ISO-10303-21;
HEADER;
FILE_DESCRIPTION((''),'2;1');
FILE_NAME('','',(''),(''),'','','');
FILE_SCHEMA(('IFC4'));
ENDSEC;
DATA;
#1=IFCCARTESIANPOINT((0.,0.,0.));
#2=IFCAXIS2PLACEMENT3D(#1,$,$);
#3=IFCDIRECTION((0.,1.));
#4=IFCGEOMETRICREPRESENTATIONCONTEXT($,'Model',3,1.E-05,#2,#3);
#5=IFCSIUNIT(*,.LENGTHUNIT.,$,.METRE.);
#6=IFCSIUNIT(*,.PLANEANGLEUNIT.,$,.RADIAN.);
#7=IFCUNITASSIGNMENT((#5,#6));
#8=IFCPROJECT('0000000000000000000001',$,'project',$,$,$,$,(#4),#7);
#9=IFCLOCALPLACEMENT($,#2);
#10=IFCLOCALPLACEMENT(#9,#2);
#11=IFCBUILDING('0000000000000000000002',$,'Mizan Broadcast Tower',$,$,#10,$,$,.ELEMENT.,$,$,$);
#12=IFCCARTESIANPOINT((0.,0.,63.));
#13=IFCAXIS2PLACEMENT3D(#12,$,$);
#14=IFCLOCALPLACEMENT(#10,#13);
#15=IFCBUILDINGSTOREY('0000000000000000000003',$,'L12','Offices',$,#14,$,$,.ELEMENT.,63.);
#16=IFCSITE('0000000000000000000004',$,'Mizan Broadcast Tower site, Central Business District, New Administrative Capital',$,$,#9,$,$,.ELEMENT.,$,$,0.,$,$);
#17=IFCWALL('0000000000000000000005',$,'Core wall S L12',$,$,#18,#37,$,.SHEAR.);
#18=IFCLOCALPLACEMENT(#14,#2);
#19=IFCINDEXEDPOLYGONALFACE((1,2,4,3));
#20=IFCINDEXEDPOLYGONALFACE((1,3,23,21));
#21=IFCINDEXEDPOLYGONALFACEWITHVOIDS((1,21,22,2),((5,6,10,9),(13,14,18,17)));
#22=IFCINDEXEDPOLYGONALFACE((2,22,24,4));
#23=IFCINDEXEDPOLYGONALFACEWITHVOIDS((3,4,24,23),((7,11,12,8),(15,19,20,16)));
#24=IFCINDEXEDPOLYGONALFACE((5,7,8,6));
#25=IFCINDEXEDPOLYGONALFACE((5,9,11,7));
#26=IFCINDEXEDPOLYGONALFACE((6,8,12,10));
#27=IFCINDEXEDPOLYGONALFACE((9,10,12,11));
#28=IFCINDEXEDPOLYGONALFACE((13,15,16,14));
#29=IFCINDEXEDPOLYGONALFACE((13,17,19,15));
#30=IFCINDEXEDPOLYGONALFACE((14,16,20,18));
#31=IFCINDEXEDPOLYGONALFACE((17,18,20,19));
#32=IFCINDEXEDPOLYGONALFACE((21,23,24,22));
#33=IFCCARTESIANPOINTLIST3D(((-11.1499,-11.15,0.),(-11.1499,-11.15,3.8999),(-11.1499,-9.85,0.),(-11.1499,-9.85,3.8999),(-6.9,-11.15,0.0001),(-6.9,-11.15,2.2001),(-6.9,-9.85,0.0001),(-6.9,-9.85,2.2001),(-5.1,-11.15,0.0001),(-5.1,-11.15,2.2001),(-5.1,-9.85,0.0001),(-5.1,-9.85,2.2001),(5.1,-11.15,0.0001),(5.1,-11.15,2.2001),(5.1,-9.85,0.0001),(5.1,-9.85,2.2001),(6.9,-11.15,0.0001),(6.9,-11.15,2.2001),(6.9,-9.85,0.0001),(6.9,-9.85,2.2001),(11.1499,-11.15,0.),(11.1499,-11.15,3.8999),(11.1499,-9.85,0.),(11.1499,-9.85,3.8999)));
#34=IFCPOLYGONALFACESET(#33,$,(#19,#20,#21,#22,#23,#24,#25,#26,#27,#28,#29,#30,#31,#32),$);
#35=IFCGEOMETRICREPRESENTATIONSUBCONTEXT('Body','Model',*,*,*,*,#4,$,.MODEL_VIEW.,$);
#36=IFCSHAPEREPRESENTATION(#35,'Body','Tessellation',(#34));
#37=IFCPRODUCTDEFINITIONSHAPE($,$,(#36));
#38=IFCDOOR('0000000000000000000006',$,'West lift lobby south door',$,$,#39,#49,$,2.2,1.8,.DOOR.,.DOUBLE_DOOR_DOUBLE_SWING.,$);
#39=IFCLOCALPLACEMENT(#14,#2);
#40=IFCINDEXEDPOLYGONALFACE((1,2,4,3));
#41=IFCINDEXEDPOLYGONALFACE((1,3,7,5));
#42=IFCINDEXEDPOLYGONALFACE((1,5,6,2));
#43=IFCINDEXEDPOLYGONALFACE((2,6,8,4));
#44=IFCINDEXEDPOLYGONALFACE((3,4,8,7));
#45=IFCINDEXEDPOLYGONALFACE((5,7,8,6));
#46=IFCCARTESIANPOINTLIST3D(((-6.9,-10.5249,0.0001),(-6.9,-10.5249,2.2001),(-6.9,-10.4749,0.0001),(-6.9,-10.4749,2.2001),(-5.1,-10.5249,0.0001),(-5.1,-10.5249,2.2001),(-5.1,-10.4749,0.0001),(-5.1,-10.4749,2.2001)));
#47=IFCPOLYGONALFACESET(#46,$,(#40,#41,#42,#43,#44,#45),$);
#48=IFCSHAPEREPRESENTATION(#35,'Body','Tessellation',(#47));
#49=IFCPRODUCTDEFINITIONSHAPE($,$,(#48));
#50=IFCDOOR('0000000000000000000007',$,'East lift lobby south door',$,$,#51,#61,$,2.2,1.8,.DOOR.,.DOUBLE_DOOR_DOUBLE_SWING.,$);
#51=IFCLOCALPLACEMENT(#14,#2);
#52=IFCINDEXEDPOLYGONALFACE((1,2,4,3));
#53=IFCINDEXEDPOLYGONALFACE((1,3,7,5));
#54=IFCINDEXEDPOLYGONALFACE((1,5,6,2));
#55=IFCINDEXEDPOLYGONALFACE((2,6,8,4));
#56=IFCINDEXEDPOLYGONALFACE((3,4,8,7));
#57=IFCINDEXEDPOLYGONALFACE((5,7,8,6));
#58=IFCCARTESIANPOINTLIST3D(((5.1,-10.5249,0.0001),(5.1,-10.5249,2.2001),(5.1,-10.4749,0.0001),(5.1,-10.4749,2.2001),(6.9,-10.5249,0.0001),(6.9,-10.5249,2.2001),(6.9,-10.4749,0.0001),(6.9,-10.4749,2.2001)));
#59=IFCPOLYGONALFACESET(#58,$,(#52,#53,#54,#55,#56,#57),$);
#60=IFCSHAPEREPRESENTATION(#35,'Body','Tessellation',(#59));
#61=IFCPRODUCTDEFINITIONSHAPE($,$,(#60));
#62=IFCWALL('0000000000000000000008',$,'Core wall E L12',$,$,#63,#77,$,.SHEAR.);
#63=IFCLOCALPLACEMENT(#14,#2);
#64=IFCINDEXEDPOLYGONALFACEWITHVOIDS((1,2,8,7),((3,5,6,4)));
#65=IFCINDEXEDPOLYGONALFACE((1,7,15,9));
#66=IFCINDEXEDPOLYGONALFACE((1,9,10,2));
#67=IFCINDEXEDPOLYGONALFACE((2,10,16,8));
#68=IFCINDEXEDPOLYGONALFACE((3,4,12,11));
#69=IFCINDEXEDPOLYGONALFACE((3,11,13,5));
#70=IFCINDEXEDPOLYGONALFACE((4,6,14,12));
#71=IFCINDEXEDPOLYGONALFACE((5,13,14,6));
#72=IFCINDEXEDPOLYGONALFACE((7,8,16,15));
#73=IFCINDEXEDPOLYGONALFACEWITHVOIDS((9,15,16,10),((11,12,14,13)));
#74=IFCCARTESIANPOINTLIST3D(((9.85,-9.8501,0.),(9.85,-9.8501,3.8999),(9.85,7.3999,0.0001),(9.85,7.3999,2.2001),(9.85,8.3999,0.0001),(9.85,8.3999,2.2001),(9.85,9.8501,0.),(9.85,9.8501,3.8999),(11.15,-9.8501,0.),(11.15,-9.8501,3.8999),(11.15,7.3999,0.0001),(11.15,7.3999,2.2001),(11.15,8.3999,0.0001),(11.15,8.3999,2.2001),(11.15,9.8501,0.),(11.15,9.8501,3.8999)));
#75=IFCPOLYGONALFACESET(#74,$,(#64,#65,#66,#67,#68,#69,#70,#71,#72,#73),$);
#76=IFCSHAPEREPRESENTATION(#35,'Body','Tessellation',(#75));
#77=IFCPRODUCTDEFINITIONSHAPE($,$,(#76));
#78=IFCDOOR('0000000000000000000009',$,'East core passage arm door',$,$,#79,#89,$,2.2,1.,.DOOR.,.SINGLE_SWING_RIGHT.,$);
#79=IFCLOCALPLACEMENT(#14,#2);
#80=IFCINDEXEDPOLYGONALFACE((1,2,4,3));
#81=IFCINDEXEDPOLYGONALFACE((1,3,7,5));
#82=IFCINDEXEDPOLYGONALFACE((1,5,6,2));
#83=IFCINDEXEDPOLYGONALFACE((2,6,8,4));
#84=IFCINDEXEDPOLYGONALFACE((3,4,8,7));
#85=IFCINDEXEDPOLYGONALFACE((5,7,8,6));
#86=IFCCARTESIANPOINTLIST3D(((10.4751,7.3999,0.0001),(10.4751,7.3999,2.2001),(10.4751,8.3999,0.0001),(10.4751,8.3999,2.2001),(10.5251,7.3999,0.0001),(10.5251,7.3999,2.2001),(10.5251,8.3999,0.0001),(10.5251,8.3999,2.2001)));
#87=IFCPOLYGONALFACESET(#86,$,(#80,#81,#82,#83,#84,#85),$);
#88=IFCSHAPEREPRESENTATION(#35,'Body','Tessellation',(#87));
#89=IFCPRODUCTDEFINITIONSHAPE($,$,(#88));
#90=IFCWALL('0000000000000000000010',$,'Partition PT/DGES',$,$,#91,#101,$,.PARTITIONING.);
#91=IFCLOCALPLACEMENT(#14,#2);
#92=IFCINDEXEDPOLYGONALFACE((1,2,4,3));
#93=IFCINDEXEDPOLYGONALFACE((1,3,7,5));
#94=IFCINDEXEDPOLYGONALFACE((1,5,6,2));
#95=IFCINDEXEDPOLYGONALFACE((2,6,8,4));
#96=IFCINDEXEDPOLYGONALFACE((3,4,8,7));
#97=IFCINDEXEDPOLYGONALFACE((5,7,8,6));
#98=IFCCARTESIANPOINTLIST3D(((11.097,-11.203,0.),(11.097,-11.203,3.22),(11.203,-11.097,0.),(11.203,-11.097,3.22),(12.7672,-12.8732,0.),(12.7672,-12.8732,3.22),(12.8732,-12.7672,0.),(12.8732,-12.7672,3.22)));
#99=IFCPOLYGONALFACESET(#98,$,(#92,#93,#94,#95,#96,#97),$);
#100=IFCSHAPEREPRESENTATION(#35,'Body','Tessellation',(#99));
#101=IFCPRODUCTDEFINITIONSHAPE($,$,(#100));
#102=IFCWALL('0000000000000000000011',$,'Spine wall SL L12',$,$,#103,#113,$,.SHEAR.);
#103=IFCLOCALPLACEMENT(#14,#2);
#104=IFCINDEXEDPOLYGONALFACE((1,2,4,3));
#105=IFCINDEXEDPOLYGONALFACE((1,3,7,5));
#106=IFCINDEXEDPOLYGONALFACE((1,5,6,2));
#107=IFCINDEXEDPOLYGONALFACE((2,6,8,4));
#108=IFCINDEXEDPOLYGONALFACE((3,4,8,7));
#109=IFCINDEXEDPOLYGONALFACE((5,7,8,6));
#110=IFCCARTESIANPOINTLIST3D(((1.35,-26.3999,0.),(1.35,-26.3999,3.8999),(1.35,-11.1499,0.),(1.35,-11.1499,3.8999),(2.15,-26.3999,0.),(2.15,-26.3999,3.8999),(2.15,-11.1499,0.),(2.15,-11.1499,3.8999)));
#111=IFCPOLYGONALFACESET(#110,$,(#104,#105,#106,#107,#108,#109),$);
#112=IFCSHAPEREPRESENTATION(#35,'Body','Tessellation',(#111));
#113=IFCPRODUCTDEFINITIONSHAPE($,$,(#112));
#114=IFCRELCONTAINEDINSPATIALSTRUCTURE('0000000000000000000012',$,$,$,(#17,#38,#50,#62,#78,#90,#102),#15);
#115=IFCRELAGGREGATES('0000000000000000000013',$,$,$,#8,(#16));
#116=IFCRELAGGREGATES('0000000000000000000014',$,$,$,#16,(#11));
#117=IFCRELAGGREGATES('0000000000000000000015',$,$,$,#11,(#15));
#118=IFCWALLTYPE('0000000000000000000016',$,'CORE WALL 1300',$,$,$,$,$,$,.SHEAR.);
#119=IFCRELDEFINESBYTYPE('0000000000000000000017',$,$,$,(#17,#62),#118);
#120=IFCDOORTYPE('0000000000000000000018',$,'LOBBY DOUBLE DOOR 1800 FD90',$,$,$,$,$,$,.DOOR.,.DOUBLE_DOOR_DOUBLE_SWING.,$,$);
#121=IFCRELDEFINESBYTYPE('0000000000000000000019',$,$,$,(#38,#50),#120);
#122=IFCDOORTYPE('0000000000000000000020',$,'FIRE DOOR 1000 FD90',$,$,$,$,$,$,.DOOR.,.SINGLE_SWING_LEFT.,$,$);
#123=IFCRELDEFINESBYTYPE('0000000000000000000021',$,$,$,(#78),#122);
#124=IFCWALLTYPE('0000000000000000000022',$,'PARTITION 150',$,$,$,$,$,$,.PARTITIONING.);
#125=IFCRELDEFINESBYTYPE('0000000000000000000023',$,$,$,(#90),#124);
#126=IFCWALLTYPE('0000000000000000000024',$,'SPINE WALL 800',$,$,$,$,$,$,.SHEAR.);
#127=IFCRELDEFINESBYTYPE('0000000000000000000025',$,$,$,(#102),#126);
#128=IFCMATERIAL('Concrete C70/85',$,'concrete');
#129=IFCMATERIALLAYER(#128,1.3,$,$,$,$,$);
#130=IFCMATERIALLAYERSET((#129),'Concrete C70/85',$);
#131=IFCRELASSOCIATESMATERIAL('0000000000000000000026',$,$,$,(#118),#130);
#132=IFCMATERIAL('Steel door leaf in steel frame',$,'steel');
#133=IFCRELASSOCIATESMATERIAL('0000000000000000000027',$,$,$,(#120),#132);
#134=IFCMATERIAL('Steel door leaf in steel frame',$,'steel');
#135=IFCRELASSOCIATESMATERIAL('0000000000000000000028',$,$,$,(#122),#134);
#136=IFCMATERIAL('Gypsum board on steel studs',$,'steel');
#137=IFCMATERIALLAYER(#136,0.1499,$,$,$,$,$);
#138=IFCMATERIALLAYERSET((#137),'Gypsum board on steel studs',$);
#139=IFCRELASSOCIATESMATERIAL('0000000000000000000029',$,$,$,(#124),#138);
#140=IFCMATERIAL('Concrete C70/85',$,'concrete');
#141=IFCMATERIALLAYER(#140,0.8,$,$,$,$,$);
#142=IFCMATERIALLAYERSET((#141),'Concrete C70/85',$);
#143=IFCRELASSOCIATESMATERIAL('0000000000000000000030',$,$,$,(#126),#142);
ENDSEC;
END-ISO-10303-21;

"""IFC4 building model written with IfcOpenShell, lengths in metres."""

from ifc_helpers import new_model, si_unit, direction, frame, frame_2d, origin, place, context, subcontext, project, spatial, rectangle, extrude, material, layer, layer_set, type_object, element, fill, save


model = new_model("IFC4")

# Units and contexts
model_context = context("Model", 3, precision=1e-05, world=origin(), true_north=direction((0.0, 1.0)))
body_context = subcontext(model_context, "Body", "Model", "MODEL_VIEW")
ifc_project = project(units=[si_unit("LENGTHUNIT", "METRE"), si_unit("PLANEANGLEUNIT", "RADIAN")], contexts=[model_context])

# Site, building, storey
site_placement = place(None, origin())
site = spatial("IfcSite", under=ifc_project, at=site_placement, Name="Mizan Broadcast Tower site, Central Business District, New Administrative Capital", CompositionType="ELEMENT", RefElevation=0.0)
building_placement = place(site_placement, origin())
building = spatial("IfcBuilding", under=site, at=building_placement, Name="Mizan Broadcast Tower", CompositionType="ELEMENT")
storey_placement = place(building_placement, frame((0.0, 0.0, 63.0)))
storey = spatial("IfcBuildingStorey", under=building, at=storey_placement, Name="L12", Description="Offices", CompositionType="ELEMENT", Elevation=63.0)

# Wall, openings, doors
ifc_material_1 = material(Name="Concrete C70/85", Category="concrete")
ifc_layer_1 = layer(ifc_material_1, 1.3)
ifc_layer_set_1 = layer_set([ifc_layer_1], Name="Concrete C70/85")
wall_type_1 = type_object("IfcWallType", Name="CORE WALL 1300", PredefinedType="SHEAR", material=ifc_layer_set_1)
wall_1_placement = place(storey_placement, frame((11.1499, -10.5, 0.0), z_axis=(0.0, 0.0, 1.0), x_axis=(-1.0, 0.0, 0.0)))
wall_1 = element("IfcWall", 1, at=wall_1_placement, inside=storey, type_object=wall_type_1, Name="Core wall S L12", PredefinedType="SHEAR", context=body_context, shape_type="SweptSolid", body=[
    extrude(rectangle(XDim=22.2998, YDim=1.3, at=frame_2d((11.1499, 0.0))), origin(), (0.0, 0.0, 1.0), 3.8999),
])
opening_1_placement = place(wall_1_placement, frame((16.25, 0.0, 0.0)))
opening_1 = element("IfcOpeningElement", 2, at=opening_1_placement, cuts=wall_1, PredefinedType="OPENING", context=body_context, shape_type="SweptSolid", body=[
    extrude(rectangle(XDim=1.8, YDim=2.2, at=frame_2d((0.8999, 1.1001))), frame((0.0, 0.6599, 0.0), z_axis=(0.0, -1.0, 0.0), x_axis=(1.0, 0.0, 0.0)), (0.0, 0.0, 1.0), 1.3201),
])
opening_2_placement = place(wall_1_placement, frame((4.25, 0.0, 0.0)))
opening_2 = element("IfcOpeningElement", 3, at=opening_2_placement, cuts=wall_1, PredefinedType="OPENING", context=body_context, shape_type="SweptSolid", body=[
    extrude(rectangle(XDim=1.8, YDim=2.2, at=frame_2d((0.8999, 1.1001))), frame((0.0, 0.6599, 0.0), z_axis=(0.0, -1.0, 0.0), x_axis=(1.0, 0.0, 0.0)), (0.0, 0.0, 1.0), 1.3201),
])
ifc_material_2 = material(Name="Steel door leaf in steel frame", Category="steel")
door_type_1 = type_object("IfcDoorType", Name="LOBBY DOUBLE DOOR 1800 FD90", OperationType="DOUBLE_DOOR_DOUBLE_SWING", PredefinedType="DOOR", material=ifc_material_2)
door_1_placement = place(opening_1_placement, origin())
door_1 = element("IfcDoor", 4, at=door_1_placement, inside=storey, type_object=door_type_1, Name="West lift lobby south door", OperationType="DOUBLE_DOOR_DOUBLE_SWING", OverallHeight=2.2, OverallWidth=1.8, PredefinedType="DOOR", context=body_context, shape_type="SweptSolid", body=[
    extrude(rectangle(XDim=1.8, YDim=2.2, at=frame_2d((0.8999, 1.1001))), frame((0.0, 0.0249, 0.0), z_axis=(0.0, -1.0, 0.0), x_axis=(1.0, 0.0, 0.0)), (0.0, 0.0, 1.0), 0.05),
])
fill(opening_1, door_1)
door_2_placement = place(opening_2_placement, origin())
door_2 = element("IfcDoor", 5, at=door_2_placement, inside=storey, type_object=door_type_1, Name="East lift lobby south door", OperationType="DOUBLE_DOOR_DOUBLE_SWING", OverallHeight=2.2, OverallWidth=1.8, PredefinedType="DOOR", context=body_context, shape_type="SweptSolid", body=[
    extrude(rectangle(XDim=1.8, YDim=2.2, at=frame_2d((0.8999, 1.1001))), frame((0.0, 0.0249, 0.0), z_axis=(0.0, -1.0, 0.0), x_axis=(1.0, 0.0, 0.0)), (0.0, 0.0, 1.0), 0.05),
])
fill(opening_2, door_2)

# Wall, opening, door
wall_2_placement = place(storey_placement, frame((10.5, -9.8501, 0.0), z_axis=(0.0, 0.0, 1.0), x_axis=(0.0, 1.0, 0.0)))
wall_2 = element("IfcWall", 6, at=wall_2_placement, inside=storey, type_object=wall_type_1, Name="Core wall E L12", PredefinedType="SHEAR", context=body_context, shape_type="SweptSolid", body=[
    extrude(rectangle(XDim=19.7002, YDim=1.3, at=frame_2d((9.8501, 0.0))), origin(), (0.0, 0.0, 1.0), 3.8999),
])
opening_3_placement = place(wall_2_placement, frame((17.25, 0.0, 0.0)))
opening_3 = element("IfcOpeningElement", 7, at=opening_3_placement, cuts=wall_2, PredefinedType="OPENING", context=body_context, shape_type="SweptSolid", body=[
    extrude(rectangle(XDim=1.0, YDim=2.2, at=frame_2d((0.5, 1.1001))), frame((0.0, 0.6599, 0.0), z_axis=(0.0, -1.0, 0.0), x_axis=(1.0, 0.0, 0.0)), (0.0, 0.0, 1.0), 1.3201),
])
ifc_material_3 = material(Name="Steel door leaf in steel frame", Category="steel")
door_type_2 = type_object("IfcDoorType", Name="FIRE DOOR 1000 FD90", OperationType="SINGLE_SWING_LEFT", PredefinedType="DOOR", material=ifc_material_3)
door_3_placement = place(opening_3_placement, origin())
door_3 = element("IfcDoor", 8, at=door_3_placement, inside=storey, type_object=door_type_2, Name="East core passage arm door", OperationType="SINGLE_SWING_RIGHT", OverallHeight=2.2, OverallWidth=1.0, PredefinedType="DOOR", context=body_context, shape_type="SweptSolid", body=[
    extrude(rectangle(XDim=1.0, YDim=2.2, at=frame_2d((0.5, 1.1001))), frame((0.0, 0.0249, 0.0), z_axis=(0.0, -1.0, 0.0), x_axis=(1.0, 0.0, 0.0)), (0.0, 0.0, 1.0), 0.05),
])
fill(opening_3, door_3)

# Walls
ifc_material_4 = material(Name="Gypsum board on steel studs", Category="steel")
ifc_layer_2 = layer(ifc_material_4, 0.1499)
ifc_layer_set_2 = layer_set([ifc_layer_2], Name="Gypsum board on steel studs")
wall_type_2 = type_object("IfcWallType", Name="PARTITION 150", PredefinedType="PARTITIONING", material=ifc_layer_set_2)
wall_3_placement = place(storey_placement, frame((11.1499, -11.1499, 0.0), z_axis=(0.0, 0.0, 1.0), x_axis=(0.707107, -0.707107, 0.0)))
element("IfcWall", 9, at=wall_3_placement, inside=storey, type_object=wall_type_2, Name="Partition PT/DGES", PredefinedType="PARTITIONING", context=body_context, shape_type="SweptSolid", body=[
    extrude(rectangle(XDim=2.3621, YDim=0.1499, at=frame_2d((1.1812, 0.0))), origin(), (0.0, 0.0, 1.0), 3.22),
])
ifc_material_5 = material(Name="Concrete C70/85", Category="concrete")
ifc_layer_3 = layer(ifc_material_5, 0.8)
ifc_layer_set_3 = layer_set([ifc_layer_3], Name="Concrete C70/85")
wall_type_3 = type_object("IfcWallType", Name="SPINE WALL 800", PredefinedType="SHEAR", material=ifc_layer_set_3)
wall_4_placement = place(storey_placement, frame((1.75, -11.1499, 0.0), z_axis=(0.0, 0.0, 1.0), x_axis=(0.0, -1.0, 0.0)))
element("IfcWall", 10, at=wall_4_placement, inside=storey, type_object=wall_type_3, Name="Spine wall SL L12", PredefinedType="SHEAR", context=body_context, shape_type="SweptSolid", body=[
    extrude(rectangle(XDim=15.25, YDim=0.8, at=frame_2d((7.625, 0.0))), origin(), (0.0, 0.0, 1.0), 3.8999),
])

save(model, "model.ifc")
